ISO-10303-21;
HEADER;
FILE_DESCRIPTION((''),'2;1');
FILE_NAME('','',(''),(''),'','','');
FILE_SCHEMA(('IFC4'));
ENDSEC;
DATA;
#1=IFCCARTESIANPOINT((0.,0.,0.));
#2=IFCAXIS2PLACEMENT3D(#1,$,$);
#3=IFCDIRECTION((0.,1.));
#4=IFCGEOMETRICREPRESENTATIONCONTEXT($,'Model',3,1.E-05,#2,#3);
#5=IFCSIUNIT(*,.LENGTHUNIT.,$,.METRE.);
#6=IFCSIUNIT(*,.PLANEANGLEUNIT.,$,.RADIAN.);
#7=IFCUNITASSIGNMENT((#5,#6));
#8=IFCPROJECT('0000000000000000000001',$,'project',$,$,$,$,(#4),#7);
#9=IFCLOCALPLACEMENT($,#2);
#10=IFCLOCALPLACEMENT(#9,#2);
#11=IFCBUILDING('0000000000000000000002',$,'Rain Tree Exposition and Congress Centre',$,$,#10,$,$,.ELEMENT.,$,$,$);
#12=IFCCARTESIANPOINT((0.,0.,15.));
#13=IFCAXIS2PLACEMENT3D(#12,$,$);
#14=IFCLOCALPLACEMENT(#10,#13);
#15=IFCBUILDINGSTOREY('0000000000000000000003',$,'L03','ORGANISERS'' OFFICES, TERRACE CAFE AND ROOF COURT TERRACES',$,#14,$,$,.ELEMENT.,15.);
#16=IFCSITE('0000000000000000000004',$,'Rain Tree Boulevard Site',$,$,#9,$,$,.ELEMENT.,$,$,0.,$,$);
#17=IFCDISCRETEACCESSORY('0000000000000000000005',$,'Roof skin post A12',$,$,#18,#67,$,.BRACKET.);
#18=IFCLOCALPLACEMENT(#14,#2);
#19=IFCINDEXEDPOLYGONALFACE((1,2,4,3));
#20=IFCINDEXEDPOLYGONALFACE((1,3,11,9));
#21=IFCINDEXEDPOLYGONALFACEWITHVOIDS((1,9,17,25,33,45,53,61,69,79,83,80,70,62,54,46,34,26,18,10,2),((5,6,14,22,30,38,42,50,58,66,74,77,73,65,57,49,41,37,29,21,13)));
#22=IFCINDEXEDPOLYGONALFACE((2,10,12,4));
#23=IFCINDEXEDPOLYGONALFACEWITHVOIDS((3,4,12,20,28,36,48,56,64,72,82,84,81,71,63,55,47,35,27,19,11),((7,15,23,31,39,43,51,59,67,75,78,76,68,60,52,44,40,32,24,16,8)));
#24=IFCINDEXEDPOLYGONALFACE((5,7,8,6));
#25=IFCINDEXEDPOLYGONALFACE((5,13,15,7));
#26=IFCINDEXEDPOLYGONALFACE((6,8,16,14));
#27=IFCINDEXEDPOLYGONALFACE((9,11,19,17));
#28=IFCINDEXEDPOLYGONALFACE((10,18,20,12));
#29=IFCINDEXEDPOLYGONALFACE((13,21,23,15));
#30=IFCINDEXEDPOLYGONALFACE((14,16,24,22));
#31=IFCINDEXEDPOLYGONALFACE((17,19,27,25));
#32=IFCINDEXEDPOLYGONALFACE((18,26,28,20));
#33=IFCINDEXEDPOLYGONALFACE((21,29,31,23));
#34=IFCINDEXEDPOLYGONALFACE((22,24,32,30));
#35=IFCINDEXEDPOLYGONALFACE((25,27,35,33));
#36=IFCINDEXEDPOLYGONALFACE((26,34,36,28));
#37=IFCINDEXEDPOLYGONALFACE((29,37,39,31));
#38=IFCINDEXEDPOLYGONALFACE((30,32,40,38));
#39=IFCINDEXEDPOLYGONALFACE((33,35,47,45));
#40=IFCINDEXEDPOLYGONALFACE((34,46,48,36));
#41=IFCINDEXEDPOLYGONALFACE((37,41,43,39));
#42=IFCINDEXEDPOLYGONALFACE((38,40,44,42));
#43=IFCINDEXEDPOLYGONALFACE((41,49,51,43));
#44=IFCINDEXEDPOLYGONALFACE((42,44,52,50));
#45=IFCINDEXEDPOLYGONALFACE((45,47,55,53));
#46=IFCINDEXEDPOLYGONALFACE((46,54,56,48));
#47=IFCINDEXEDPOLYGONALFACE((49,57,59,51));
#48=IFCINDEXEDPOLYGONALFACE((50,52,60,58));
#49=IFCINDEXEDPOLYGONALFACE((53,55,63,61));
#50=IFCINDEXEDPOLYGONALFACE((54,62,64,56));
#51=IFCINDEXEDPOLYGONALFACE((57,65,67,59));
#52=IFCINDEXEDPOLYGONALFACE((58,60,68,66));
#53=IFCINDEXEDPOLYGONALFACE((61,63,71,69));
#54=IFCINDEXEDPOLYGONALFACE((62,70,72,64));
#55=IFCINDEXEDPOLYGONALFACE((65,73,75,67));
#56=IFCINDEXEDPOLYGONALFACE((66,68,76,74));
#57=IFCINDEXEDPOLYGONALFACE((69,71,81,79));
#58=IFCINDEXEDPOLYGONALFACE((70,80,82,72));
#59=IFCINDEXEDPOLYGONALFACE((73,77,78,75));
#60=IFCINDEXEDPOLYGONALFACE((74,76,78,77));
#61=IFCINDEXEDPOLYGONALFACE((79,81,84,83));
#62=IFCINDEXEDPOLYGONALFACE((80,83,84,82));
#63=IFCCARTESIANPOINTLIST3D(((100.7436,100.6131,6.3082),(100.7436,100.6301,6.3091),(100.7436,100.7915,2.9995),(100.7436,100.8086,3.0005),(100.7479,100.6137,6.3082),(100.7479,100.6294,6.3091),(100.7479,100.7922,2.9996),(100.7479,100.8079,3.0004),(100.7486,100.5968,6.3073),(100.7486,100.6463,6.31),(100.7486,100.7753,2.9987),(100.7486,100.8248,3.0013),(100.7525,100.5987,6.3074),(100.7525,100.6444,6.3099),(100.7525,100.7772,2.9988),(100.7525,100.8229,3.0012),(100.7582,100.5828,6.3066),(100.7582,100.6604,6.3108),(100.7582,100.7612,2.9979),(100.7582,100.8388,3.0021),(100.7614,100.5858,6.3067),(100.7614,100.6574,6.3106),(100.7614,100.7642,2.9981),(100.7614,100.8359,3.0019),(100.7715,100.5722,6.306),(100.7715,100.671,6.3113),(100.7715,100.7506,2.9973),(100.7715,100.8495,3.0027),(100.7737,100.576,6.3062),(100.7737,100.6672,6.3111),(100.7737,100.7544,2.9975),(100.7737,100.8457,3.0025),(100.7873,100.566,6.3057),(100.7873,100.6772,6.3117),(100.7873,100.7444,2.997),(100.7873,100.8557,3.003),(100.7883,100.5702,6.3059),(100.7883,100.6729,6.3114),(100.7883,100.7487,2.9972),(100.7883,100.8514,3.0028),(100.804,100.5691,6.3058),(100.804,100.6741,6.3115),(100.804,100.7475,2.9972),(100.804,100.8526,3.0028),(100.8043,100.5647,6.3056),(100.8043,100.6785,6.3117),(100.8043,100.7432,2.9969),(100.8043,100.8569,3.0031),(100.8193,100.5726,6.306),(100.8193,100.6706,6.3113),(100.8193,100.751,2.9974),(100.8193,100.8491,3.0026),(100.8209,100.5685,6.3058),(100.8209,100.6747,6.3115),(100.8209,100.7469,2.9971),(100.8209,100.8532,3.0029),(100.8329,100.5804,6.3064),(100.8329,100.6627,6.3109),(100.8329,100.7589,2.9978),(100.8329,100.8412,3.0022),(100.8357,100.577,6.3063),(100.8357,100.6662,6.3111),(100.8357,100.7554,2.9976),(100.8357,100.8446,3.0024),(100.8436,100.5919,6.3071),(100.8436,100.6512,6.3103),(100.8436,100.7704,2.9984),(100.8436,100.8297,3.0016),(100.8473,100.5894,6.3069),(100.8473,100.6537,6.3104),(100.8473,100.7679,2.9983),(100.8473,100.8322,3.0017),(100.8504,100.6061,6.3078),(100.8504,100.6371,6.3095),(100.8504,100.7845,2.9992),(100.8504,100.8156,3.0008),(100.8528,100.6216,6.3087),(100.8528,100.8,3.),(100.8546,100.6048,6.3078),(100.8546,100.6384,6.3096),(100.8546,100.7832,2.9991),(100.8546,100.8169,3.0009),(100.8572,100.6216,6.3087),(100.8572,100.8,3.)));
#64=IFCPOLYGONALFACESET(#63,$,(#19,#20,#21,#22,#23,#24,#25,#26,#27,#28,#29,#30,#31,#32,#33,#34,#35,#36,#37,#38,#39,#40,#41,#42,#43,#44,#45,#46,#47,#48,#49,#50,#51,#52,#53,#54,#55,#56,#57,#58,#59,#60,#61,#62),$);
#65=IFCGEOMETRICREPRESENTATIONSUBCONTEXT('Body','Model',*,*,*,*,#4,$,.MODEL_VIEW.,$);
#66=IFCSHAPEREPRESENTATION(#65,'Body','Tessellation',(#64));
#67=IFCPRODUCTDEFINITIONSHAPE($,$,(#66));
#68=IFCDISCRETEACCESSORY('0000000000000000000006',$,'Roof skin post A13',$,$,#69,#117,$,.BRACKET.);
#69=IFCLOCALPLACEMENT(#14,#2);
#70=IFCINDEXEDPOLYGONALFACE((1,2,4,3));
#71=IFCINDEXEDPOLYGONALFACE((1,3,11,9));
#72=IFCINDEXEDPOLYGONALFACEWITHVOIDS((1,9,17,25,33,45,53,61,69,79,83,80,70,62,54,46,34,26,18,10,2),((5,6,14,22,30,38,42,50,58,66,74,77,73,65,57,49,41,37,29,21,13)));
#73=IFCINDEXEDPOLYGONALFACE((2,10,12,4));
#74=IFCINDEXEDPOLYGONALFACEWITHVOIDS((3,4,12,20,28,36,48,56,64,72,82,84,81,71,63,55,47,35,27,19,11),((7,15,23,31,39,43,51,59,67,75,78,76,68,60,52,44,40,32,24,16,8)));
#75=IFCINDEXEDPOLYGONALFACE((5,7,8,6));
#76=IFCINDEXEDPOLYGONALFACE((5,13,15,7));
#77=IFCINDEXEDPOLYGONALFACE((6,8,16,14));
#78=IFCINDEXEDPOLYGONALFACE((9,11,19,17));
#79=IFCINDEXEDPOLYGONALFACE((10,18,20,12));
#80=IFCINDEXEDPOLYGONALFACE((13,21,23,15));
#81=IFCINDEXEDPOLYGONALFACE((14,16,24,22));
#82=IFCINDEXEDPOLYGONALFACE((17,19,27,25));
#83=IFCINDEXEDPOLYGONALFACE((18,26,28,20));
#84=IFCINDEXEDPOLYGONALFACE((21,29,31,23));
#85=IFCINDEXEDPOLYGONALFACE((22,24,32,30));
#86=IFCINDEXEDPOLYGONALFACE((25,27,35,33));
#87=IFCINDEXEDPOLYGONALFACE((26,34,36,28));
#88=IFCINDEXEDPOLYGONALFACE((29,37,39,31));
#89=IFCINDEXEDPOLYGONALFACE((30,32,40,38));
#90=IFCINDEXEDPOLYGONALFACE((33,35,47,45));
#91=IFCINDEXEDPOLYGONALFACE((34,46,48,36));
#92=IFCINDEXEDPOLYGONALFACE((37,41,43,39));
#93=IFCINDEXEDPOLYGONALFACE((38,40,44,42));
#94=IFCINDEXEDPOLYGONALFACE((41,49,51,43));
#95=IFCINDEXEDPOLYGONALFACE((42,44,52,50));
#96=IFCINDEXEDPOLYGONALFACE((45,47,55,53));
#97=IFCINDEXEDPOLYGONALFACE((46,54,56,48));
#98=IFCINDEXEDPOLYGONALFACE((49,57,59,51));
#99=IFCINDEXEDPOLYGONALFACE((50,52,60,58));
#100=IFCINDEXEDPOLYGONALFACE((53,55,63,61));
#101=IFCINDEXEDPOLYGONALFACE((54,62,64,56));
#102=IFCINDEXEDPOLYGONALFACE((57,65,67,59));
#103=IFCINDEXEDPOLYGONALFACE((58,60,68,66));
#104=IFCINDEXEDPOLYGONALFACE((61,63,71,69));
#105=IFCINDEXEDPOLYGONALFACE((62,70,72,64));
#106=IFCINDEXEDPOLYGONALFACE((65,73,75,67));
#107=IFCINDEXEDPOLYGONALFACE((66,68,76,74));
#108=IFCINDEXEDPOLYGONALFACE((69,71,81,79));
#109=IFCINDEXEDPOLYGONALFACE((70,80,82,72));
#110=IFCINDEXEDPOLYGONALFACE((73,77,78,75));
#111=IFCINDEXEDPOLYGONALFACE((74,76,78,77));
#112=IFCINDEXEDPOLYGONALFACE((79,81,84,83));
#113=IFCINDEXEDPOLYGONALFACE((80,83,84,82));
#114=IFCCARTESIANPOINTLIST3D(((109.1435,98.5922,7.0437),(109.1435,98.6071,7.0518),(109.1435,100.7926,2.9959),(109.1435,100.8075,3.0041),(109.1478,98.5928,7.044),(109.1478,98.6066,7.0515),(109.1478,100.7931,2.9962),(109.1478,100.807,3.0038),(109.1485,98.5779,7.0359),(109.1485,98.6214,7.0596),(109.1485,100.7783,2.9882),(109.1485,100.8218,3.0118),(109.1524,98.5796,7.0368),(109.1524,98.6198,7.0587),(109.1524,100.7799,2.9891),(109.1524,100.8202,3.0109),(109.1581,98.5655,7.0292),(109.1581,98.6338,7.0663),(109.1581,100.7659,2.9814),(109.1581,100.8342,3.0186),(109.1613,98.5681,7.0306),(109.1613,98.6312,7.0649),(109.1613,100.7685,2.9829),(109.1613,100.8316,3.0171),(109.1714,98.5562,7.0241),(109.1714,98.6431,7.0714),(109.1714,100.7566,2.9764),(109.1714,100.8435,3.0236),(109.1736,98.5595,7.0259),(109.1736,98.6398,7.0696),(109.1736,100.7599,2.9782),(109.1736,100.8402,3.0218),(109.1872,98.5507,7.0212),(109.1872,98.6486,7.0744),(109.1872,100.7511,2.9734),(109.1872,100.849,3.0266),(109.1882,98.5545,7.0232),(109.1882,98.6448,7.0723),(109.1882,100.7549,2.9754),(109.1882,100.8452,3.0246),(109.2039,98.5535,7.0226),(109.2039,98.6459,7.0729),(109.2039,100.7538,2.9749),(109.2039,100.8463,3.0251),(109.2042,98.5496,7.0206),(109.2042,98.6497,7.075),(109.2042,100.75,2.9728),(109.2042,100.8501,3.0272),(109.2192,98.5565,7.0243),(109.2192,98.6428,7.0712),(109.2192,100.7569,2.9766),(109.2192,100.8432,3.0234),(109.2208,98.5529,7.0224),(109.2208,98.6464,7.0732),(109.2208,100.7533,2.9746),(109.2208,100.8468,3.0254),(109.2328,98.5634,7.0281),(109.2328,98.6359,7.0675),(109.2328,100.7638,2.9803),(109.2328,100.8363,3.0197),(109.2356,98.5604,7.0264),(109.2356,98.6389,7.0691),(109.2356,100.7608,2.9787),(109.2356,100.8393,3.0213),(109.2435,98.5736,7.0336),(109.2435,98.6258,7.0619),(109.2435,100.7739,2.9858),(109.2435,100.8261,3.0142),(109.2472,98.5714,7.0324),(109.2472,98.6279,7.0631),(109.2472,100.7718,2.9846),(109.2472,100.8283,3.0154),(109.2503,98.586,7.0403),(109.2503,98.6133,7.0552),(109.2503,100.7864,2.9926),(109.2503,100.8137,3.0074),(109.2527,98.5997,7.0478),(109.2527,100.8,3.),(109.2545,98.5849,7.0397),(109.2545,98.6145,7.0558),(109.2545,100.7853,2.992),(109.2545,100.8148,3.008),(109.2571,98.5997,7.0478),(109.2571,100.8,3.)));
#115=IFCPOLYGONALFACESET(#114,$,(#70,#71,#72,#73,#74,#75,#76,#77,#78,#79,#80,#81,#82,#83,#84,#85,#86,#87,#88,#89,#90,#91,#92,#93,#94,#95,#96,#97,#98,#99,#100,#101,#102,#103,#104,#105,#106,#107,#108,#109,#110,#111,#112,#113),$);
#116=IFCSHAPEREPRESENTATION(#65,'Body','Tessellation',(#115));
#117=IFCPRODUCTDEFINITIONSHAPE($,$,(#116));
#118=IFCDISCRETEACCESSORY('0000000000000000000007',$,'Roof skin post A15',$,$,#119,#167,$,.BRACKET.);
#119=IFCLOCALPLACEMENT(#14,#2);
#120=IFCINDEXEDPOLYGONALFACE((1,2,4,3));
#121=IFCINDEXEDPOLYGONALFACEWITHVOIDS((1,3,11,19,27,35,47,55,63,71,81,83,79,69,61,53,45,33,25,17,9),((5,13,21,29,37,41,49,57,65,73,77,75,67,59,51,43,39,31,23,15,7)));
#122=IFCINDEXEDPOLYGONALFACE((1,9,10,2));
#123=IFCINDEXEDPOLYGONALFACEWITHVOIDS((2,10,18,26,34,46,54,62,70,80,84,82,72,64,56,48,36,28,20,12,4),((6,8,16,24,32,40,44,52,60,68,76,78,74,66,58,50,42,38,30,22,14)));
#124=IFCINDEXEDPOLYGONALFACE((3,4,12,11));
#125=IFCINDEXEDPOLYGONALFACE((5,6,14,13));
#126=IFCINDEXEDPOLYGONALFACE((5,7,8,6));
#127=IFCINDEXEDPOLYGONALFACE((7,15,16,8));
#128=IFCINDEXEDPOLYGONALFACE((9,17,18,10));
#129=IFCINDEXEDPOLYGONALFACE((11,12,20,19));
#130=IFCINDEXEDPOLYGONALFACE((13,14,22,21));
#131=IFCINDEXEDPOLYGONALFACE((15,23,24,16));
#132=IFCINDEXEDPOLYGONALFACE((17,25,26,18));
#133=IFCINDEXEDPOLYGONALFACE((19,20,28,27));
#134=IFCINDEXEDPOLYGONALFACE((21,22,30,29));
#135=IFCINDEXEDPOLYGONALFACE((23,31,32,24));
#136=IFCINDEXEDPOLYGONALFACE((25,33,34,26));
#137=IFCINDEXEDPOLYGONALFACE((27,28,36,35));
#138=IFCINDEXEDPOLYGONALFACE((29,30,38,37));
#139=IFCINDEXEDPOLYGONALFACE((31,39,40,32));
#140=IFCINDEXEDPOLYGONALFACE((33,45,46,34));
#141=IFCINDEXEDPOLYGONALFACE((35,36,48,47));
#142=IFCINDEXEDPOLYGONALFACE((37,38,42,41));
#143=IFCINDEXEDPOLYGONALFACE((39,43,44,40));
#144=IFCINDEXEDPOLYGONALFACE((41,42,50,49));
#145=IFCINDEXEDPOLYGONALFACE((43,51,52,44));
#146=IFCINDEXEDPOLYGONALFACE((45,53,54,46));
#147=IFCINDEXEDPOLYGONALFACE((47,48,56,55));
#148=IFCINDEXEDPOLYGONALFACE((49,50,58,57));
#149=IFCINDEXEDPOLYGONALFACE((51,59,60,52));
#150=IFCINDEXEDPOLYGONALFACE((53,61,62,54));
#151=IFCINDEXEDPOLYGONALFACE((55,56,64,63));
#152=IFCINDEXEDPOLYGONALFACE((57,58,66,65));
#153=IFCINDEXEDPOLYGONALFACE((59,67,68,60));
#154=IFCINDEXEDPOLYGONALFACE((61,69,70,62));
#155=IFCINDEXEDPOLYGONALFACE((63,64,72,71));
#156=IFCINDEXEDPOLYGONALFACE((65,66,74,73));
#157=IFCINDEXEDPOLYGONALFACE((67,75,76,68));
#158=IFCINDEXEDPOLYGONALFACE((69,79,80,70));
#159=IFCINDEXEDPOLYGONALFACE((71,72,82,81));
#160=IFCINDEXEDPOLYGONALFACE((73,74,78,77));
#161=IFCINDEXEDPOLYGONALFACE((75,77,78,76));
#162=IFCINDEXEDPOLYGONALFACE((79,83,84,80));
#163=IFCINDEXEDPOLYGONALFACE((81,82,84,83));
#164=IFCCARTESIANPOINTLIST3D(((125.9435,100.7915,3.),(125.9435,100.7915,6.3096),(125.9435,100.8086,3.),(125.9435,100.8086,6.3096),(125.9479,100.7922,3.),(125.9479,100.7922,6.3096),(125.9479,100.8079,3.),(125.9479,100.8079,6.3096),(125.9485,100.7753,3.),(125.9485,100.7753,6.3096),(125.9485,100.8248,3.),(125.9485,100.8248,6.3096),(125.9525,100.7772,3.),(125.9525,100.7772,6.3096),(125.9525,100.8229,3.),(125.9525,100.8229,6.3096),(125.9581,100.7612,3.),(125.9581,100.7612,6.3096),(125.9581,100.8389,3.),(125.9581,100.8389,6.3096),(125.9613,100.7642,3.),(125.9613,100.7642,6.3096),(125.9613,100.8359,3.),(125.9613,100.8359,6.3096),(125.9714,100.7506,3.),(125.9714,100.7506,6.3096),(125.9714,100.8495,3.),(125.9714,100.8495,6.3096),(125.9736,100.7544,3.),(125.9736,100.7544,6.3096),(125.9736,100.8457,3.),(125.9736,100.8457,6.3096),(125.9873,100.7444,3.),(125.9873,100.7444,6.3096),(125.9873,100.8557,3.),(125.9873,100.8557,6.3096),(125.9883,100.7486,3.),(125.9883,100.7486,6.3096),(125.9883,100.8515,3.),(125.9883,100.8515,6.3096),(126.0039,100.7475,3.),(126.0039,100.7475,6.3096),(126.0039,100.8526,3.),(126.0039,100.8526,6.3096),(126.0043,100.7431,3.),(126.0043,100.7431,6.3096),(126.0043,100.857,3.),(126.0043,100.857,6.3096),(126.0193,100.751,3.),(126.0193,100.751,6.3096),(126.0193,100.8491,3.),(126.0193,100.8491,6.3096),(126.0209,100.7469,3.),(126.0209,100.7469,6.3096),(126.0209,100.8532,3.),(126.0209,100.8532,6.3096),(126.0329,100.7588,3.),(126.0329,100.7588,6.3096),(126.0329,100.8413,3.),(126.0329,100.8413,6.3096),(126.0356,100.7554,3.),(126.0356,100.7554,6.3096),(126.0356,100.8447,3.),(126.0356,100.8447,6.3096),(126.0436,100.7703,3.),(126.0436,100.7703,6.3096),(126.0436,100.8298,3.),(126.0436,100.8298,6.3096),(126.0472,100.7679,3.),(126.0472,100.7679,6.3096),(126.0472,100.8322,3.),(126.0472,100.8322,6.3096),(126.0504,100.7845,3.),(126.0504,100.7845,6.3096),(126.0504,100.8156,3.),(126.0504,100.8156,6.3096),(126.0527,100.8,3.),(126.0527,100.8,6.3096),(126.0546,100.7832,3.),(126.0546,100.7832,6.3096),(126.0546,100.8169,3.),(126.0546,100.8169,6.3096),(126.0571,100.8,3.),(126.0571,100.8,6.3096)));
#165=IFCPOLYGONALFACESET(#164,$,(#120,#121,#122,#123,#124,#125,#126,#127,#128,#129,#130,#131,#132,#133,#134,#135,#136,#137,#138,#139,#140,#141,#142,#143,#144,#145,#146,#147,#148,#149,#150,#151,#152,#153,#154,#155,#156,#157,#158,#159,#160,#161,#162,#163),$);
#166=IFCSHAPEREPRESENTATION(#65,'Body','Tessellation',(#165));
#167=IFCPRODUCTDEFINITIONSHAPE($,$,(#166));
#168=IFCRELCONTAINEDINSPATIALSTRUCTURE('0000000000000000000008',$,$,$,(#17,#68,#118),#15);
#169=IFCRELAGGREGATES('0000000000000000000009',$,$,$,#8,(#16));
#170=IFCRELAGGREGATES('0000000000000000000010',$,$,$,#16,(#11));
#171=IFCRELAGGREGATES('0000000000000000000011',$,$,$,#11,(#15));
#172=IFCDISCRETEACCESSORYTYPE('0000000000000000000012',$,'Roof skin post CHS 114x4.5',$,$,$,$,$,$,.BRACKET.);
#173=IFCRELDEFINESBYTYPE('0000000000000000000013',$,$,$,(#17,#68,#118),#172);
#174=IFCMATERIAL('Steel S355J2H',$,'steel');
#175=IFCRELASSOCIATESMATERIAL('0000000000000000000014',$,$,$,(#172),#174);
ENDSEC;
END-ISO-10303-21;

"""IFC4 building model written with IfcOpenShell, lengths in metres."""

from ifc_helpers import new_model, si_unit, direction, frame, origin, origin_2d, place, context, subcontext, project, spatial, hollow_circle, extrude, material, material_profile, profile_set, type_object, element, save


model = new_model("IFC4")

# Units and contexts
model_context = context("Model", 3, precision=1e-05, world=origin(), true_north=direction((0.0, 1.0)))
body_context = subcontext(model_context, "Body", "Model", "MODEL_VIEW")
ifc_project = project(units=[si_unit("LENGTHUNIT", "METRE"), si_unit("PLANEANGLEUNIT", "RADIAN")], contexts=[model_context])

# Site, building, storey
site_placement = place(None, origin())
site = spatial("IfcSite", under=ifc_project, at=site_placement, Name="Rain Tree Boulevard Site", CompositionType="ELEMENT", RefElevation=0.0)
building_placement = place(site_placement, origin())
building = spatial("IfcBuilding", under=site, at=building_placement, Name="Rain Tree Exposition and Congress Centre", CompositionType="ELEMENT")
storey_placement = place(building_placement, frame((0.0, 0.0, 15.0)))
storey = spatial("IfcBuildingStorey", under=building, at=storey_placement, Name="L03", Description="ORGANISERS' OFFICES, TERRACE CAFE AND ROOF COURT TERRACES", CompositionType="ELEMENT", Elevation=15.0)

# Discrete accessories
ifc_material_1 = material(Name="Steel S355J2H", Category="steel")
ifc_material_profile_1 = material_profile(ifc_material_1, hollow_circle(Radius=0.0571, WallThickness=0.0044, at=origin_2d()), Name="CHS 114x4.5")
ifc_profile_set_1 = profile_set([ifc_material_profile_1], Name="Steel S355J2H")
discrete_accessory_type_1 = type_object("IfcDiscreteAccessoryType", Name="Roof skin post CHS 114x4.5", PredefinedType="BRACKET", material=ifc_profile_set_1)
discrete_accessory_1_placement = place(storey_placement, frame((100.8, 100.8, 3.0), z_axis=(0.0, -0.053862, 0.998548), x_axis=(1.0, 0.0, 0.0)))
element("IfcDiscreteAccessory", 1, at=discrete_accessory_1_placement, inside=storey, type_object=discrete_accessory_type_1, Name="Roof skin post A12", PredefinedType="BRACKET", context=body_context, shape_type="SweptSolid", body=[
    extrude(hollow_circle(Radius=0.0571, WallThickness=0.0044, at=origin_2d()), origin(), (0.0, 0.0, 1.0), 3.3135),
])
discrete_accessory_2_placement = place(storey_placement, frame((109.2, 100.8, 3.0), z_axis=(0.0, -0.4776, 0.878577), x_axis=(1.0, 0.0, 0.0)))
element("IfcDiscreteAccessory", 2, at=discrete_accessory_2_placement, inside=storey, type_object=discrete_accessory_type_1, Name="Roof skin post A13", PredefinedType="BRACKET", context=body_context, shape_type="SweptSolid", body=[
    extrude(hollow_circle(Radius=0.0571, WallThickness=0.0044, at=origin_2d()), origin(), (0.0, 0.0, 1.0), 4.6072),
])
discrete_accessory_3_placement = place(storey_placement, frame((126.0, 100.8, 3.0), z_axis=(0.0, 0.0, 1.0), x_axis=(1.0, 0.0, 0.0)))
element("IfcDiscreteAccessory", 3, at=discrete_accessory_3_placement, inside=storey, type_object=discrete_accessory_type_1, Name="Roof skin post A15", PredefinedType="BRACKET", context=body_context, shape_type="SweptSolid", body=[
    extrude(hollow_circle(Radius=0.0571, WallThickness=0.0044, at=origin_2d()), origin(), (0.0, 0.0, 1.0), 3.3096),
])

save(model, "model.ifc")
